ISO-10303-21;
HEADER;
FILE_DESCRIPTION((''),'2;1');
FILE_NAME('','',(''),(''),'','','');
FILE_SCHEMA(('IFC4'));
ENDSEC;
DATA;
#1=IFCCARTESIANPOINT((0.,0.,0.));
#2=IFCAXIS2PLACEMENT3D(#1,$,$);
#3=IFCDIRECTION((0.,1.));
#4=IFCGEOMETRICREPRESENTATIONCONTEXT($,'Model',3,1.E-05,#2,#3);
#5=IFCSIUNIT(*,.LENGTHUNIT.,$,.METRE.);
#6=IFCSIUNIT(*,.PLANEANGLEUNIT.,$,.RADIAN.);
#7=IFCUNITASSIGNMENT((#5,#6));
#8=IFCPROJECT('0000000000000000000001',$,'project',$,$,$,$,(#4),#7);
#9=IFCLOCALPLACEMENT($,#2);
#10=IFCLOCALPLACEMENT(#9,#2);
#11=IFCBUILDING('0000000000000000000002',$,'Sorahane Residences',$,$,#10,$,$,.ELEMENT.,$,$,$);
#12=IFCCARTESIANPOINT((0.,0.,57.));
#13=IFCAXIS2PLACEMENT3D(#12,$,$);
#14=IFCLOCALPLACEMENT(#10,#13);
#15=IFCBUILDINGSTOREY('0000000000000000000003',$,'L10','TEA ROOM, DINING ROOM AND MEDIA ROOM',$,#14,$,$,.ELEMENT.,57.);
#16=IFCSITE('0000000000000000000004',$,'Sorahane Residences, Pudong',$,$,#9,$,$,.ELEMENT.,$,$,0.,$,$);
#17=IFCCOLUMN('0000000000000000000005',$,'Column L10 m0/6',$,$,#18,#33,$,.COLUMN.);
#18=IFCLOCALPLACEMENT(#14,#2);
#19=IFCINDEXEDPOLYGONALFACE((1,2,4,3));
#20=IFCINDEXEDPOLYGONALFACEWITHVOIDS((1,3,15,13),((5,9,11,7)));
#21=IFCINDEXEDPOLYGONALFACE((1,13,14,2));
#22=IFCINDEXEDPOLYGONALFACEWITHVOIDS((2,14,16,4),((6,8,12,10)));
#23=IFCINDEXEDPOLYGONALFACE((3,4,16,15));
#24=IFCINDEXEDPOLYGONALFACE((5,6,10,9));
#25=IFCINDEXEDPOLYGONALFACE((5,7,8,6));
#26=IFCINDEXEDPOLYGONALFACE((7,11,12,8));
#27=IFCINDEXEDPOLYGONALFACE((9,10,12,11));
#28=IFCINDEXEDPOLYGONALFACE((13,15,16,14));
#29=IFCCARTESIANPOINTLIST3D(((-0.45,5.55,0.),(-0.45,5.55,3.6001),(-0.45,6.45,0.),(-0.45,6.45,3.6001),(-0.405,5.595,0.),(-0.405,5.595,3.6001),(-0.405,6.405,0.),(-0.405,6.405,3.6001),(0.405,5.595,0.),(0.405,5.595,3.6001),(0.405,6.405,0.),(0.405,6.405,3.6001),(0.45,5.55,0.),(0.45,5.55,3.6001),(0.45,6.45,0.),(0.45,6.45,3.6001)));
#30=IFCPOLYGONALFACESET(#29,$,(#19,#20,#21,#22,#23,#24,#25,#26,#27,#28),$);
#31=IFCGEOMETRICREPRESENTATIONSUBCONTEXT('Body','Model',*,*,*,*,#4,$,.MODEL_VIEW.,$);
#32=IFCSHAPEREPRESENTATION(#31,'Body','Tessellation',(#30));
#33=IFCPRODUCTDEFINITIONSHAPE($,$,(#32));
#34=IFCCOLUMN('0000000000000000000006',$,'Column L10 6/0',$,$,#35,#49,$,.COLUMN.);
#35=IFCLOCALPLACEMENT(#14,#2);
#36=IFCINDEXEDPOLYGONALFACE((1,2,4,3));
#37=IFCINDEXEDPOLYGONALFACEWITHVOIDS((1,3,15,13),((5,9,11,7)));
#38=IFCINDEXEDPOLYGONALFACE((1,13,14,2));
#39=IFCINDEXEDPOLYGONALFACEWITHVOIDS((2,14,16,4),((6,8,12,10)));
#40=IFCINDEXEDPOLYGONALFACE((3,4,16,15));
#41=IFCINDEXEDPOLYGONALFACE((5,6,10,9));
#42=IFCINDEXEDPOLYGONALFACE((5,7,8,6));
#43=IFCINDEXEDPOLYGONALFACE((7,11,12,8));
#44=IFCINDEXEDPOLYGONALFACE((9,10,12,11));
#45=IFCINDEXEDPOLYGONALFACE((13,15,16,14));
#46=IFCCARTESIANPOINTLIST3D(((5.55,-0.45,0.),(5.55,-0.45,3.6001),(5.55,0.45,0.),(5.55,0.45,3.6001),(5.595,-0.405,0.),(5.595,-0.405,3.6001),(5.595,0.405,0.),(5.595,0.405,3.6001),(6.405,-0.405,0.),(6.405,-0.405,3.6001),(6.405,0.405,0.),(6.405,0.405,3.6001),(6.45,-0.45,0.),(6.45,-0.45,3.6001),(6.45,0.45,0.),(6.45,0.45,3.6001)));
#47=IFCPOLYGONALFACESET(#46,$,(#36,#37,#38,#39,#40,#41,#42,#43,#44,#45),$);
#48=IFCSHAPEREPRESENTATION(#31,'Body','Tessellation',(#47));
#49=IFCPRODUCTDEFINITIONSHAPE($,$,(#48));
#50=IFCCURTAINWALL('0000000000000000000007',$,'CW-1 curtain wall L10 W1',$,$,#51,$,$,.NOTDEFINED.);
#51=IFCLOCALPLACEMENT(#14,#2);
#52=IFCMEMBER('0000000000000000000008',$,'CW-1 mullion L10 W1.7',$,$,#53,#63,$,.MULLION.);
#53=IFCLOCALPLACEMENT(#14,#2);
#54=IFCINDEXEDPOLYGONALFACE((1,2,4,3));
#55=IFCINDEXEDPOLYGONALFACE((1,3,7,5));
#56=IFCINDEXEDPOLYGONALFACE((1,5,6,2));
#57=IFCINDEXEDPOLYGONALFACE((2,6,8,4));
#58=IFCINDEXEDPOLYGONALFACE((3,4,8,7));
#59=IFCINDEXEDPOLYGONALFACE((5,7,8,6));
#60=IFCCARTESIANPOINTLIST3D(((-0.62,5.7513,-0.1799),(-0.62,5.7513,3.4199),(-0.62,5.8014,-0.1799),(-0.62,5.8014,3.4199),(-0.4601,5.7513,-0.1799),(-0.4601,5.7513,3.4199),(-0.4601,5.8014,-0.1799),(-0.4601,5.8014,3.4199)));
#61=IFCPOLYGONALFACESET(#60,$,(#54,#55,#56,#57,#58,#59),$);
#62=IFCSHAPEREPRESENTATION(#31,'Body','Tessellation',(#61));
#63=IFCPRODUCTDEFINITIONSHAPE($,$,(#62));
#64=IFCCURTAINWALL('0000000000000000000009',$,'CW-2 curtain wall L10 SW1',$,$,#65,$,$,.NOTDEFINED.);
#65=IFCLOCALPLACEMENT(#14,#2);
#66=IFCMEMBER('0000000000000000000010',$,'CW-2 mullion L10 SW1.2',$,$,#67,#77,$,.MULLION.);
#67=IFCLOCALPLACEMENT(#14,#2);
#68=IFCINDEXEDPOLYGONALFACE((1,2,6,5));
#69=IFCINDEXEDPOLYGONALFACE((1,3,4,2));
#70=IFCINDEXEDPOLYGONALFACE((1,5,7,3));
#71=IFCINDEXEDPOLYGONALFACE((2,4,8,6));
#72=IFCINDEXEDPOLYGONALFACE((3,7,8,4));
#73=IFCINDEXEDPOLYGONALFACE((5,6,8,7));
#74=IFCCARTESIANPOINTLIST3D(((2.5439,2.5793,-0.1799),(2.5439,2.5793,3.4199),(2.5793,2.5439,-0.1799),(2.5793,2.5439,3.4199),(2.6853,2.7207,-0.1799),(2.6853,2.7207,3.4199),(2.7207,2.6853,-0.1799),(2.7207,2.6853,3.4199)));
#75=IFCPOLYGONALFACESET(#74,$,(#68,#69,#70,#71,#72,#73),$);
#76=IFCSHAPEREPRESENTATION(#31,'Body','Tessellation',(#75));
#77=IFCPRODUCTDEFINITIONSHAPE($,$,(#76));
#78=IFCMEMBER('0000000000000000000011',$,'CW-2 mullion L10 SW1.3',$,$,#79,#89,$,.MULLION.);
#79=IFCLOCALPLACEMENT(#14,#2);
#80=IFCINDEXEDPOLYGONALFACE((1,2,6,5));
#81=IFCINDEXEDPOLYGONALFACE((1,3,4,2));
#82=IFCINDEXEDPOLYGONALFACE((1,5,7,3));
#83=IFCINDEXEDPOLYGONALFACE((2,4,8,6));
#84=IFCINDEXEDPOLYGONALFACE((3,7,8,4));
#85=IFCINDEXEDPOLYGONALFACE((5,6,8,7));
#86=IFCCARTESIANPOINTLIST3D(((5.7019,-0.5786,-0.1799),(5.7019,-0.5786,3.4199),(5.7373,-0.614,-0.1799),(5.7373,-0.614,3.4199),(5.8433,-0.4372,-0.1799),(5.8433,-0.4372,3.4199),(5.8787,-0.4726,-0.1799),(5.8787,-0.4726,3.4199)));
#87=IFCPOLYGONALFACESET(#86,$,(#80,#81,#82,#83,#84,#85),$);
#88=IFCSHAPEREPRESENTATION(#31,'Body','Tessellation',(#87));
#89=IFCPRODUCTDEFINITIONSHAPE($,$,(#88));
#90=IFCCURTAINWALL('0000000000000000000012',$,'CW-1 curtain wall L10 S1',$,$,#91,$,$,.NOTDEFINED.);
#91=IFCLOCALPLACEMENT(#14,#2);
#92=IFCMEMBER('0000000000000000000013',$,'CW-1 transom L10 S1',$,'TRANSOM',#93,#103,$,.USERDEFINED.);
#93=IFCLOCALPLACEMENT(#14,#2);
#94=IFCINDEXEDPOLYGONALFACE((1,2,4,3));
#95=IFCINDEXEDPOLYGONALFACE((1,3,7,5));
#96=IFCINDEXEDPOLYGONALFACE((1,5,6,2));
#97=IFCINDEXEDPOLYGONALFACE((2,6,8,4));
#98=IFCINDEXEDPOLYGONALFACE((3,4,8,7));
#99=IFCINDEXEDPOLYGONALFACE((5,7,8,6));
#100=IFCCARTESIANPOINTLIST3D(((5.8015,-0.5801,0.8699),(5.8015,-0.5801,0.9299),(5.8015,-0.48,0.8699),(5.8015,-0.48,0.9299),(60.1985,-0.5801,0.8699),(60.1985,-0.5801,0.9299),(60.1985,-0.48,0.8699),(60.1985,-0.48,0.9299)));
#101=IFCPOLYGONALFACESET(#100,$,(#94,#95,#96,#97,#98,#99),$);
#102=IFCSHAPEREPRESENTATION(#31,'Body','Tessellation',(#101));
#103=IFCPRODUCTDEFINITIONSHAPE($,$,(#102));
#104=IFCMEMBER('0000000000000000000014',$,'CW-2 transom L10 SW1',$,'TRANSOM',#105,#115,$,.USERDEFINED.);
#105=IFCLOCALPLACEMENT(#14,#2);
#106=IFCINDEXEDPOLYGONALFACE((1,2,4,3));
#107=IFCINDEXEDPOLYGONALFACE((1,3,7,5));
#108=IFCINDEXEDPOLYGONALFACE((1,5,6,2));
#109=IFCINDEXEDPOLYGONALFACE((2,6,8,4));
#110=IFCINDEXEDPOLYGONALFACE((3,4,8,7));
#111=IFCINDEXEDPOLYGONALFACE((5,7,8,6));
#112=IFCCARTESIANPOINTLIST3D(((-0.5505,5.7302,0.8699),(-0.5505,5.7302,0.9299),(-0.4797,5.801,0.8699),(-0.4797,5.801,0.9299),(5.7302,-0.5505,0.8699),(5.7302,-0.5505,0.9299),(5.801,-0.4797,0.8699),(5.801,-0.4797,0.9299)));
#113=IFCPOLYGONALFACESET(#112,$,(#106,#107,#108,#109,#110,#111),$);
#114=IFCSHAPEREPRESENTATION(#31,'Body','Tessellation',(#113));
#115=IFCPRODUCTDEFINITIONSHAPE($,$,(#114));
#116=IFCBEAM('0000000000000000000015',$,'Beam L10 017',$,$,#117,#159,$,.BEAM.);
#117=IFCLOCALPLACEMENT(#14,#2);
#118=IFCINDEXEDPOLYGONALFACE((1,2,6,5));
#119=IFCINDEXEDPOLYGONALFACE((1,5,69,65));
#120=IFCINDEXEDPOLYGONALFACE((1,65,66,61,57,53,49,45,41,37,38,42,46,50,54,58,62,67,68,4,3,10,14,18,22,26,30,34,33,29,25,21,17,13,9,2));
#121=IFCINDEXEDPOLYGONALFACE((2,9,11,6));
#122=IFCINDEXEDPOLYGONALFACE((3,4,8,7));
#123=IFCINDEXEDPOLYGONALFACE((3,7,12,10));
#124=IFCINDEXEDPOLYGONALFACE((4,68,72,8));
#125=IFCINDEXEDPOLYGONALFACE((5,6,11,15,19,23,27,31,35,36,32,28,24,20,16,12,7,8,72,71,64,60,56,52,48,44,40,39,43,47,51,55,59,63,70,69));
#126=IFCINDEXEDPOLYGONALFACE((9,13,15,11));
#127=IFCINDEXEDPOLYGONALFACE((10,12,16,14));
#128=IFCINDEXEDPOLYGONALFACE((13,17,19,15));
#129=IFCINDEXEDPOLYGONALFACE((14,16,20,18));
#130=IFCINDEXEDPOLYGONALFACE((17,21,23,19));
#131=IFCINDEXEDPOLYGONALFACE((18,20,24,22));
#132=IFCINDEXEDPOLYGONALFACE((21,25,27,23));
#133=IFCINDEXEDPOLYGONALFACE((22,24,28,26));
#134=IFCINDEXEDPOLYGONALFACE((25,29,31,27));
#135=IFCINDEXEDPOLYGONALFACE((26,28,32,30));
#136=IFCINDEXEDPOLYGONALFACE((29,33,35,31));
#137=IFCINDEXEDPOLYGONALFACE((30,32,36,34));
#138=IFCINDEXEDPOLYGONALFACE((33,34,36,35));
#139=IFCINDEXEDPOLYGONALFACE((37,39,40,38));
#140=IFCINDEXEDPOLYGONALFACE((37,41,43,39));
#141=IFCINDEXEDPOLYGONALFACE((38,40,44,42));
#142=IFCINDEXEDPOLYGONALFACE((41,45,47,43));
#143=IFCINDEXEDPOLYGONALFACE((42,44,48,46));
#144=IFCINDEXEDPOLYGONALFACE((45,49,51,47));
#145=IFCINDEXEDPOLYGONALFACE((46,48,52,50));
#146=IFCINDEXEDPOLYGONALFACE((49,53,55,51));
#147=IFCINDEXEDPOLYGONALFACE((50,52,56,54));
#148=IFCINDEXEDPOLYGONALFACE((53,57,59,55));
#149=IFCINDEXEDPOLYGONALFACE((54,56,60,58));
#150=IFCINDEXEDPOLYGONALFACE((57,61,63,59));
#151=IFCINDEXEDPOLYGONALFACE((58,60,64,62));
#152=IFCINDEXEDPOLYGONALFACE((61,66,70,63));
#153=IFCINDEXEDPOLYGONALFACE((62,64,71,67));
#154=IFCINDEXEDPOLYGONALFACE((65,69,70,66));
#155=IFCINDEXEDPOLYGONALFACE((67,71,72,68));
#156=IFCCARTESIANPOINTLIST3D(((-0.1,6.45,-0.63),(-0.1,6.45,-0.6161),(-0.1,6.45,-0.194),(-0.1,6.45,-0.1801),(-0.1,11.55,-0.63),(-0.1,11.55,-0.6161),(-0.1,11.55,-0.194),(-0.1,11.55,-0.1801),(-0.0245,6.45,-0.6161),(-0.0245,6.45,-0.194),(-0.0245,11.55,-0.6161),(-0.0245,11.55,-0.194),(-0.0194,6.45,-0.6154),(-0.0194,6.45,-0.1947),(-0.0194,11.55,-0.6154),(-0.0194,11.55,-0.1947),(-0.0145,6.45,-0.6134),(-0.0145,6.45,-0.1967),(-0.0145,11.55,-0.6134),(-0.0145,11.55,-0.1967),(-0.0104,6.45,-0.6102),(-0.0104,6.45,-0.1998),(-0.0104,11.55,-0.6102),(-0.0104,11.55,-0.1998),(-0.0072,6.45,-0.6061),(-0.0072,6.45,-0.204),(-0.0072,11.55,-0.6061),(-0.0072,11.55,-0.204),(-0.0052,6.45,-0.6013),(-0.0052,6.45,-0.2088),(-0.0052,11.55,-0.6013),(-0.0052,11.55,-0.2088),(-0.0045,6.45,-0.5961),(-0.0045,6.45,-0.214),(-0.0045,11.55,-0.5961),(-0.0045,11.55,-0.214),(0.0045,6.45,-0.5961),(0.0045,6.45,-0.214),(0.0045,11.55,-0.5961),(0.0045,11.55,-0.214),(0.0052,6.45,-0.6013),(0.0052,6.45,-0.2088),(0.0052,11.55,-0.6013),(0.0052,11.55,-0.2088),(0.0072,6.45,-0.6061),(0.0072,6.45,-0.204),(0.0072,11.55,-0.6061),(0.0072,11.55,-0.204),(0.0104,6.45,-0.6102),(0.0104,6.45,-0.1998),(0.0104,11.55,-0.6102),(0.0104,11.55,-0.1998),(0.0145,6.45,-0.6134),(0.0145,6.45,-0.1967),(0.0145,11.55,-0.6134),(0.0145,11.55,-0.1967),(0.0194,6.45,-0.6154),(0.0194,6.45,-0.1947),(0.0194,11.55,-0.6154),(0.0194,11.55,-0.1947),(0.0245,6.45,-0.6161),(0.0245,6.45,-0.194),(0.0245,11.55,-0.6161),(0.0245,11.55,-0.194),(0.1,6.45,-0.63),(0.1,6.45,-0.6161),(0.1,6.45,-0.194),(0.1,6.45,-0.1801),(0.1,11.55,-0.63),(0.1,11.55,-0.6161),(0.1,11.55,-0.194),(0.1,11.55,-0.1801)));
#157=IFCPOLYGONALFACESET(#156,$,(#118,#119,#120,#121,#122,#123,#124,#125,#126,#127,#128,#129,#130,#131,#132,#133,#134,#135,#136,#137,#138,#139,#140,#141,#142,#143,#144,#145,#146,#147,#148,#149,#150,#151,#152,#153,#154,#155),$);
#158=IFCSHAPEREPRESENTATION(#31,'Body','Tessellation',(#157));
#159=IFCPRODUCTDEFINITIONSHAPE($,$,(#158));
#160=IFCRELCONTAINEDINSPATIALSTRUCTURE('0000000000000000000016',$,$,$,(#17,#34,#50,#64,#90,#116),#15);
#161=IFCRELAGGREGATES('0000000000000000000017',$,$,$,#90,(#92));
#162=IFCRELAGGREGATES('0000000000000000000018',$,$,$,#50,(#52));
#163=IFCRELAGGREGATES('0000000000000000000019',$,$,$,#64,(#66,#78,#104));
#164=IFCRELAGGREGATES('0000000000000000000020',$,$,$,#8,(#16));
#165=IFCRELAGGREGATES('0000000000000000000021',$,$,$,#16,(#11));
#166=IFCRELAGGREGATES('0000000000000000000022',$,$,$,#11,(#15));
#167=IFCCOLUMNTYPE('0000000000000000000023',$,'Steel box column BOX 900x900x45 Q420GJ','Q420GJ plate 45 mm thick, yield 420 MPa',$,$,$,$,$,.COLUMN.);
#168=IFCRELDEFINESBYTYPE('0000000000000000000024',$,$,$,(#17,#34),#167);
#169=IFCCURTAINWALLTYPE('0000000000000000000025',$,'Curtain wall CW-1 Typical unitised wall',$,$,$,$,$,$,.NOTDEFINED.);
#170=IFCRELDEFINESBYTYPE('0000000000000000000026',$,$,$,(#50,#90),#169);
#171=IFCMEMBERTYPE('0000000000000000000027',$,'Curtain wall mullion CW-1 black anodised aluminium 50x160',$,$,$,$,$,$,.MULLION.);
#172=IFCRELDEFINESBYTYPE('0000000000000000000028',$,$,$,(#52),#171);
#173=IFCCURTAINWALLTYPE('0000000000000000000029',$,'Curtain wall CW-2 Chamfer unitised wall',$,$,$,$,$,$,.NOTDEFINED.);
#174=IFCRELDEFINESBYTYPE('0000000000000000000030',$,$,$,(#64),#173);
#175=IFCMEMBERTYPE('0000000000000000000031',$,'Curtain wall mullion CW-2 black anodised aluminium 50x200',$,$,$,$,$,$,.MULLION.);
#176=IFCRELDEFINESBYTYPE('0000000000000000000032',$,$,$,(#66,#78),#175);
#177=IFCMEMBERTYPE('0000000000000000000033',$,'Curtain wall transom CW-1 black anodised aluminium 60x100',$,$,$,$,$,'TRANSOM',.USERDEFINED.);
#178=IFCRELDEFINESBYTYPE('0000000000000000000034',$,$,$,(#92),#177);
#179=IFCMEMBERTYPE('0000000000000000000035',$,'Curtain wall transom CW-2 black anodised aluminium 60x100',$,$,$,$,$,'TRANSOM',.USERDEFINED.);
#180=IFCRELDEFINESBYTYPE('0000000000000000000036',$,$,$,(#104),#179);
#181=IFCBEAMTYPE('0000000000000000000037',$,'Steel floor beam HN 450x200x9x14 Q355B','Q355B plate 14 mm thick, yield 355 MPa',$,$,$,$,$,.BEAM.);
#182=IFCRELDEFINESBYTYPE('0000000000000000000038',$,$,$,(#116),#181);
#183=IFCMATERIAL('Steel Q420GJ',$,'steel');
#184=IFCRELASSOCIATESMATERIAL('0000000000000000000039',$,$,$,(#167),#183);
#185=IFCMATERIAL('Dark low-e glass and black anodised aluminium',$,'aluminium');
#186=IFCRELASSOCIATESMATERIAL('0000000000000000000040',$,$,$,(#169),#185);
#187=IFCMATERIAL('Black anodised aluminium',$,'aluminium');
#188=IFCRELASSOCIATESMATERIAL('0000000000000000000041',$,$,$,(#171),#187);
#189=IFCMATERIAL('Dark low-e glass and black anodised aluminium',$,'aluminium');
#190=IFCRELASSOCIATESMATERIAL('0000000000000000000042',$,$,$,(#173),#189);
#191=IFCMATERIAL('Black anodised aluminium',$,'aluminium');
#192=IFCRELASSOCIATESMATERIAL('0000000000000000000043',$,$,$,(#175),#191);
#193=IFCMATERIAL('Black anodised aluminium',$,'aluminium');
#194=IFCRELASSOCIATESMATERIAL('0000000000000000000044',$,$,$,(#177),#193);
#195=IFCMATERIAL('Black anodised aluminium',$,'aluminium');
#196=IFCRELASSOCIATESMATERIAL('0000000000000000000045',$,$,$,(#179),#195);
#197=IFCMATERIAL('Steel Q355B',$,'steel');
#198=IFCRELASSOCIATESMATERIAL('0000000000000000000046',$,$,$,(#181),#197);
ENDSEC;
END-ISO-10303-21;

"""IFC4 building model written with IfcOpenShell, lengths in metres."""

from ifc_helpers import new_model, si_unit, direction, frame, origin, origin_2d, place, context, subcontext, project, spatial, rectangle, hollow_rectangle, i_section, extrude, material, material_profile, profile_set, type_object, element, aggregate, save


model = new_model("IFC4")

# Units and contexts
model_context = context("Model", 3, precision=1e-05, world=origin(), true_north=direction((0.0, 1.0)))
body_context = subcontext(model_context, "Body", "Model", "MODEL_VIEW")
ifc_project = project(units=[si_unit("LENGTHUNIT", "METRE"), si_unit("PLANEANGLEUNIT", "RADIAN")], contexts=[model_context])

# Site, building, storey
site_placement = place(None, origin())
site = spatial("IfcSite", under=ifc_project, at=site_placement, Name="Sorahane Residences, Pudong", CompositionType="ELEMENT", RefElevation=0.0)
building_placement = place(site_placement, origin())
building = spatial("IfcBuilding", under=site, at=building_placement, Name="Sorahane Residences", CompositionType="ELEMENT")
storey_placement = place(building_placement, frame((0.0, 0.0, 57.0)))
storey = spatial("IfcBuildingStorey", under=building, at=storey_placement, Name="L10", Description="TEA ROOM, DINING ROOM AND MEDIA ROOM", CompositionType="ELEMENT", Elevation=57.0)

# Columns
ifc_material_1 = material(Name="Steel Q420GJ", Category="steel")
ifc_material_profile_1 = material_profile(ifc_material_1, hollow_rectangle(XDim=0.8999, YDim=0.8999, WallThickness=0.0449, at=origin_2d()), Name="BOX 900x900x45")
ifc_profile_set_1 = profile_set([ifc_material_profile_1], Name="Steel Q420GJ")
column_type = type_object("IfcColumnType", Name="Steel box column BOX 900x900x45 Q420GJ", Description="Q420GJ plate 45 mm thick, yield 420 MPa", PredefinedType="COLUMN", material=ifc_profile_set_1)
for number, where, z_axis, x_axis, name in (
    (1, (0.0, 6.0, 0.0), (0.0, 0.0, 1.0), (1.0, 0.0, 0.0), "Column L10 m0/6"),
    (2, (6.0, 0.0, 0.0), (0.0, 0.0, 1.0), (1.0, 0.0, 0.0), "Column L10 6/0"),
):
    element("IfcColumn", number, at=place(storey_placement, frame(where, z_axis=z_axis, x_axis=x_axis)), inside=storey, type_object=column_type, Name=name, PredefinedType="COLUMN", context=body_context, shape_type="SweptSolid", body=[
        extrude(hollow_rectangle(XDim=0.8999, YDim=0.8999, WallThickness=0.0449, at=origin_2d()), origin(), (0.0, 0.0, 1.0), 3.6001),
    ])

# Curtain wall, member
ifc_material_2 = material(Name="Dark low-e glass and black anodised aluminium", Category="aluminium")
curtain_wall_type_1 = type_object("IfcCurtainWallType", Name="Curtain wall CW-1 Typical unitised wall", PredefinedType="NOTDEFINED", material=ifc_material_2)
curtain_wall_1_placement = place(storey_placement, origin())
curtain_wall_1 = element("IfcCurtainWall", 3, at=curtain_wall_1_placement, inside=storey, type_object=curtain_wall_type_1, Name="CW-1 curtain wall L10 W1", PredefinedType="NOTDEFINED")
ifc_material_3 = material(Name="Black anodised aluminium", Category="aluminium")
ifc_material_profile_2 = material_profile(ifc_material_3, rectangle(XDim=0.1599, YDim=0.05, at=origin_2d()), Name="Curtain wall mullion CW-1 black anodised aluminium 50x160")
ifc_profile_set_2 = profile_set([ifc_material_profile_2], Name="Black anodised aluminium")
member_type_1 = type_object("IfcMemberType", Name="Curtain wall mullion CW-1 black anodised aluminium 50x160", PredefinedType="MULLION", material=ifc_profile_set_2)
member_1_placement = place(storey_placement, frame((-0.54, 5.7764, -0.1799), z_axis=(0.0, 0.0, 1.0), x_axis=(-1.0, 0.0, 0.0)))
member_1 = element("IfcMember", 4, at=member_1_placement, type_object=member_type_1, Name="CW-1 mullion L10 W1.7", PredefinedType="MULLION", context=body_context, shape_type="SweptSolid", body=[
    extrude(rectangle(XDim=0.1599, YDim=0.05, at=origin_2d()), origin(), (0.0, 0.0, 1.0), 3.5999),
])

# Curtain wall, members
ifc_material_4 = material(Name="Dark low-e glass and black anodised aluminium", Category="aluminium")
curtain_wall_type_2 = type_object("IfcCurtainWallType", Name="Curtain wall CW-2 Chamfer unitised wall", PredefinedType="NOTDEFINED", material=ifc_material_4)
curtain_wall_2_placement = place(storey_placement, origin())
curtain_wall_2 = element("IfcCurtainWall", 5, at=curtain_wall_2_placement, inside=storey, type_object=curtain_wall_type_2, Name="CW-2 curtain wall L10 SW1", PredefinedType="NOTDEFINED")
ifc_material_5 = material(Name="Black anodised aluminium", Category="aluminium")
ifc_material_profile_3 = material_profile(ifc_material_5, rectangle(XDim=0.2, YDim=0.05, at=origin_2d()), Name="Curtain wall mullion CW-2 black anodised aluminium 50x200")
ifc_profile_set_3 = profile_set([ifc_material_profile_3], Name="Black anodised aluminium")
member_type_2 = type_object("IfcMemberType", Name="Curtain wall mullion CW-2 black anodised aluminium 50x200", PredefinedType="MULLION", material=ifc_profile_set_3)
member_2_placement = place(storey_placement, frame((2.6323, 2.6323, -0.1799), z_axis=(0.0, 0.0, 1.0), x_axis=(-0.707107, -0.707107, 0.0)))
member_2 = element("IfcMember", 6, at=member_2_placement, type_object=member_type_2, Name="CW-2 mullion L10 SW1.2", PredefinedType="MULLION", context=body_context, shape_type="SweptSolid", body=[
    extrude(rectangle(XDim=0.2, YDim=0.05, at=origin_2d()), origin(), (0.0, 0.0, 1.0), 3.5999),
])
member_3_placement = place(storey_placement, frame((5.7903, -0.5256, -0.1799), z_axis=(0.0, 0.0, 1.0), x_axis=(-0.707107, -0.707107, 0.0)))
member_3 = element("IfcMember", 7, at=member_3_placement, type_object=member_type_2, Name="CW-2 mullion L10 SW1.3", PredefinedType="MULLION", context=body_context, shape_type="SweptSolid", body=[
    extrude(rectangle(XDim=0.2, YDim=0.05, at=origin_2d()), origin(), (0.0, 0.0, 1.0), 3.5999),
])

# Curtain wall, member
curtain_wall_3_placement = place(storey_placement, origin())
curtain_wall_3 = element("IfcCurtainWall", 8, at=curtain_wall_3_placement, inside=storey, type_object=curtain_wall_type_1, Name="CW-1 curtain wall L10 S1", PredefinedType="NOTDEFINED")
ifc_material_6 = material(Name="Black anodised aluminium", Category="aluminium")
ifc_material_profile_4 = material_profile(ifc_material_6, rectangle(XDim=0.1001, YDim=0.0601, at=origin_2d()), Name="Curtain wall transom CW-1 black anodised aluminium 60x100")
ifc_profile_set_4 = profile_set([ifc_material_profile_4], Name="Black anodised aluminium")
member_type_3 = type_object("IfcMemberType", Name="Curtain wall transom CW-1 black anodised aluminium 60x100", ElementType="TRANSOM", PredefinedType="USERDEFINED", material=ifc_profile_set_4)
member_4_placement = place(storey_placement, frame((5.8015, -0.53, 0.8999), z_axis=(1.0, 0.0, 0.0), x_axis=(0.0, 1.0, 0.0)))
member_4 = element("IfcMember", 9, at=member_4_placement, type_object=member_type_3, Name="CW-1 transom L10 S1", ObjectType="TRANSOM", PredefinedType="USERDEFINED", context=body_context, shape_type="SweptSolid", body=[
    extrude(rectangle(XDim=0.1001, YDim=0.0601, at=origin_2d()), origin(), (0.0, 0.0, 1.0), 54.397),
])
aggregate(curtain_wall_3, [member_4])

# Member
ifc_material_7 = material(Name="Black anodised aluminium", Category="aluminium")
ifc_material_profile_5 = material_profile(ifc_material_7, rectangle(XDim=0.1001, YDim=0.0601, at=origin_2d()), Name="Curtain wall transom CW-2 black anodised aluminium 60x100")
ifc_profile_set_5 = profile_set([ifc_material_profile_5], Name="Black anodised aluminium")
member_type_4 = type_object("IfcMemberType", Name="Curtain wall transom CW-2 black anodised aluminium 60x100", ElementType="TRANSOM", PredefinedType="USERDEFINED", material=ifc_profile_set_5)
member_5_placement = place(storey_placement, frame((-0.5151, 5.7656, 0.8999), z_axis=(0.707107, -0.707107, 0.0), x_axis=(0.707107, 0.707107, 0.0)))
member_5 = element("IfcMember", 10, at=member_5_placement, type_object=member_type_4, Name="CW-2 transom L10 SW1", ObjectType="TRANSOM", PredefinedType="USERDEFINED", context=body_context, shape_type="SweptSolid", body=[
    extrude(rectangle(XDim=0.1001, YDim=0.0601, at=origin_2d()), origin(), (0.0, 0.0, 1.0), 8.8823),
])

# Beam
ifc_material_8 = material(Name="Steel Q355B", Category="steel")
ifc_material_profile_6 = material_profile(ifc_material_8, i_section(OverallWidth=0.2, OverallDepth=0.45, WebThickness=0.009, FlangeThickness=0.0139, FilletRadius=0.02, at=origin_2d()), Name="HN 450x200x9x14")
ifc_profile_set_6 = profile_set([ifc_material_profile_6], Name="Steel Q355B")
beam_type_1 = type_object("IfcBeamType", Name="Steel floor beam HN 450x200x9x14 Q355B", Description="Q355B plate 14 mm thick, yield 355 MPa", PredefinedType="BEAM", material=ifc_profile_set_6)
beam_1_placement = place(storey_placement, frame((0.0, 6.45, -0.405), z_axis=(0.0, 1.0, 0.0), x_axis=(-1.0, 0.0, 0.0)))
element("IfcBeam", 11, at=beam_1_placement, inside=storey, type_object=beam_type_1, Name="Beam L10 017", PredefinedType="BEAM", context=body_context, shape_type="SweptSolid", body=[
    extrude(i_section(OverallWidth=0.2, OverallDepth=0.45, WebThickness=0.009, FlangeThickness=0.0139, FilletRadius=0.02, at=origin_2d()), origin(), (0.0, 0.0, 1.0), 5.1001),
])

aggregate(curtain_wall_1, [member_1])
aggregate(curtain_wall_2, [member_2, member_3, member_5])

save(model, "model.ifc")
